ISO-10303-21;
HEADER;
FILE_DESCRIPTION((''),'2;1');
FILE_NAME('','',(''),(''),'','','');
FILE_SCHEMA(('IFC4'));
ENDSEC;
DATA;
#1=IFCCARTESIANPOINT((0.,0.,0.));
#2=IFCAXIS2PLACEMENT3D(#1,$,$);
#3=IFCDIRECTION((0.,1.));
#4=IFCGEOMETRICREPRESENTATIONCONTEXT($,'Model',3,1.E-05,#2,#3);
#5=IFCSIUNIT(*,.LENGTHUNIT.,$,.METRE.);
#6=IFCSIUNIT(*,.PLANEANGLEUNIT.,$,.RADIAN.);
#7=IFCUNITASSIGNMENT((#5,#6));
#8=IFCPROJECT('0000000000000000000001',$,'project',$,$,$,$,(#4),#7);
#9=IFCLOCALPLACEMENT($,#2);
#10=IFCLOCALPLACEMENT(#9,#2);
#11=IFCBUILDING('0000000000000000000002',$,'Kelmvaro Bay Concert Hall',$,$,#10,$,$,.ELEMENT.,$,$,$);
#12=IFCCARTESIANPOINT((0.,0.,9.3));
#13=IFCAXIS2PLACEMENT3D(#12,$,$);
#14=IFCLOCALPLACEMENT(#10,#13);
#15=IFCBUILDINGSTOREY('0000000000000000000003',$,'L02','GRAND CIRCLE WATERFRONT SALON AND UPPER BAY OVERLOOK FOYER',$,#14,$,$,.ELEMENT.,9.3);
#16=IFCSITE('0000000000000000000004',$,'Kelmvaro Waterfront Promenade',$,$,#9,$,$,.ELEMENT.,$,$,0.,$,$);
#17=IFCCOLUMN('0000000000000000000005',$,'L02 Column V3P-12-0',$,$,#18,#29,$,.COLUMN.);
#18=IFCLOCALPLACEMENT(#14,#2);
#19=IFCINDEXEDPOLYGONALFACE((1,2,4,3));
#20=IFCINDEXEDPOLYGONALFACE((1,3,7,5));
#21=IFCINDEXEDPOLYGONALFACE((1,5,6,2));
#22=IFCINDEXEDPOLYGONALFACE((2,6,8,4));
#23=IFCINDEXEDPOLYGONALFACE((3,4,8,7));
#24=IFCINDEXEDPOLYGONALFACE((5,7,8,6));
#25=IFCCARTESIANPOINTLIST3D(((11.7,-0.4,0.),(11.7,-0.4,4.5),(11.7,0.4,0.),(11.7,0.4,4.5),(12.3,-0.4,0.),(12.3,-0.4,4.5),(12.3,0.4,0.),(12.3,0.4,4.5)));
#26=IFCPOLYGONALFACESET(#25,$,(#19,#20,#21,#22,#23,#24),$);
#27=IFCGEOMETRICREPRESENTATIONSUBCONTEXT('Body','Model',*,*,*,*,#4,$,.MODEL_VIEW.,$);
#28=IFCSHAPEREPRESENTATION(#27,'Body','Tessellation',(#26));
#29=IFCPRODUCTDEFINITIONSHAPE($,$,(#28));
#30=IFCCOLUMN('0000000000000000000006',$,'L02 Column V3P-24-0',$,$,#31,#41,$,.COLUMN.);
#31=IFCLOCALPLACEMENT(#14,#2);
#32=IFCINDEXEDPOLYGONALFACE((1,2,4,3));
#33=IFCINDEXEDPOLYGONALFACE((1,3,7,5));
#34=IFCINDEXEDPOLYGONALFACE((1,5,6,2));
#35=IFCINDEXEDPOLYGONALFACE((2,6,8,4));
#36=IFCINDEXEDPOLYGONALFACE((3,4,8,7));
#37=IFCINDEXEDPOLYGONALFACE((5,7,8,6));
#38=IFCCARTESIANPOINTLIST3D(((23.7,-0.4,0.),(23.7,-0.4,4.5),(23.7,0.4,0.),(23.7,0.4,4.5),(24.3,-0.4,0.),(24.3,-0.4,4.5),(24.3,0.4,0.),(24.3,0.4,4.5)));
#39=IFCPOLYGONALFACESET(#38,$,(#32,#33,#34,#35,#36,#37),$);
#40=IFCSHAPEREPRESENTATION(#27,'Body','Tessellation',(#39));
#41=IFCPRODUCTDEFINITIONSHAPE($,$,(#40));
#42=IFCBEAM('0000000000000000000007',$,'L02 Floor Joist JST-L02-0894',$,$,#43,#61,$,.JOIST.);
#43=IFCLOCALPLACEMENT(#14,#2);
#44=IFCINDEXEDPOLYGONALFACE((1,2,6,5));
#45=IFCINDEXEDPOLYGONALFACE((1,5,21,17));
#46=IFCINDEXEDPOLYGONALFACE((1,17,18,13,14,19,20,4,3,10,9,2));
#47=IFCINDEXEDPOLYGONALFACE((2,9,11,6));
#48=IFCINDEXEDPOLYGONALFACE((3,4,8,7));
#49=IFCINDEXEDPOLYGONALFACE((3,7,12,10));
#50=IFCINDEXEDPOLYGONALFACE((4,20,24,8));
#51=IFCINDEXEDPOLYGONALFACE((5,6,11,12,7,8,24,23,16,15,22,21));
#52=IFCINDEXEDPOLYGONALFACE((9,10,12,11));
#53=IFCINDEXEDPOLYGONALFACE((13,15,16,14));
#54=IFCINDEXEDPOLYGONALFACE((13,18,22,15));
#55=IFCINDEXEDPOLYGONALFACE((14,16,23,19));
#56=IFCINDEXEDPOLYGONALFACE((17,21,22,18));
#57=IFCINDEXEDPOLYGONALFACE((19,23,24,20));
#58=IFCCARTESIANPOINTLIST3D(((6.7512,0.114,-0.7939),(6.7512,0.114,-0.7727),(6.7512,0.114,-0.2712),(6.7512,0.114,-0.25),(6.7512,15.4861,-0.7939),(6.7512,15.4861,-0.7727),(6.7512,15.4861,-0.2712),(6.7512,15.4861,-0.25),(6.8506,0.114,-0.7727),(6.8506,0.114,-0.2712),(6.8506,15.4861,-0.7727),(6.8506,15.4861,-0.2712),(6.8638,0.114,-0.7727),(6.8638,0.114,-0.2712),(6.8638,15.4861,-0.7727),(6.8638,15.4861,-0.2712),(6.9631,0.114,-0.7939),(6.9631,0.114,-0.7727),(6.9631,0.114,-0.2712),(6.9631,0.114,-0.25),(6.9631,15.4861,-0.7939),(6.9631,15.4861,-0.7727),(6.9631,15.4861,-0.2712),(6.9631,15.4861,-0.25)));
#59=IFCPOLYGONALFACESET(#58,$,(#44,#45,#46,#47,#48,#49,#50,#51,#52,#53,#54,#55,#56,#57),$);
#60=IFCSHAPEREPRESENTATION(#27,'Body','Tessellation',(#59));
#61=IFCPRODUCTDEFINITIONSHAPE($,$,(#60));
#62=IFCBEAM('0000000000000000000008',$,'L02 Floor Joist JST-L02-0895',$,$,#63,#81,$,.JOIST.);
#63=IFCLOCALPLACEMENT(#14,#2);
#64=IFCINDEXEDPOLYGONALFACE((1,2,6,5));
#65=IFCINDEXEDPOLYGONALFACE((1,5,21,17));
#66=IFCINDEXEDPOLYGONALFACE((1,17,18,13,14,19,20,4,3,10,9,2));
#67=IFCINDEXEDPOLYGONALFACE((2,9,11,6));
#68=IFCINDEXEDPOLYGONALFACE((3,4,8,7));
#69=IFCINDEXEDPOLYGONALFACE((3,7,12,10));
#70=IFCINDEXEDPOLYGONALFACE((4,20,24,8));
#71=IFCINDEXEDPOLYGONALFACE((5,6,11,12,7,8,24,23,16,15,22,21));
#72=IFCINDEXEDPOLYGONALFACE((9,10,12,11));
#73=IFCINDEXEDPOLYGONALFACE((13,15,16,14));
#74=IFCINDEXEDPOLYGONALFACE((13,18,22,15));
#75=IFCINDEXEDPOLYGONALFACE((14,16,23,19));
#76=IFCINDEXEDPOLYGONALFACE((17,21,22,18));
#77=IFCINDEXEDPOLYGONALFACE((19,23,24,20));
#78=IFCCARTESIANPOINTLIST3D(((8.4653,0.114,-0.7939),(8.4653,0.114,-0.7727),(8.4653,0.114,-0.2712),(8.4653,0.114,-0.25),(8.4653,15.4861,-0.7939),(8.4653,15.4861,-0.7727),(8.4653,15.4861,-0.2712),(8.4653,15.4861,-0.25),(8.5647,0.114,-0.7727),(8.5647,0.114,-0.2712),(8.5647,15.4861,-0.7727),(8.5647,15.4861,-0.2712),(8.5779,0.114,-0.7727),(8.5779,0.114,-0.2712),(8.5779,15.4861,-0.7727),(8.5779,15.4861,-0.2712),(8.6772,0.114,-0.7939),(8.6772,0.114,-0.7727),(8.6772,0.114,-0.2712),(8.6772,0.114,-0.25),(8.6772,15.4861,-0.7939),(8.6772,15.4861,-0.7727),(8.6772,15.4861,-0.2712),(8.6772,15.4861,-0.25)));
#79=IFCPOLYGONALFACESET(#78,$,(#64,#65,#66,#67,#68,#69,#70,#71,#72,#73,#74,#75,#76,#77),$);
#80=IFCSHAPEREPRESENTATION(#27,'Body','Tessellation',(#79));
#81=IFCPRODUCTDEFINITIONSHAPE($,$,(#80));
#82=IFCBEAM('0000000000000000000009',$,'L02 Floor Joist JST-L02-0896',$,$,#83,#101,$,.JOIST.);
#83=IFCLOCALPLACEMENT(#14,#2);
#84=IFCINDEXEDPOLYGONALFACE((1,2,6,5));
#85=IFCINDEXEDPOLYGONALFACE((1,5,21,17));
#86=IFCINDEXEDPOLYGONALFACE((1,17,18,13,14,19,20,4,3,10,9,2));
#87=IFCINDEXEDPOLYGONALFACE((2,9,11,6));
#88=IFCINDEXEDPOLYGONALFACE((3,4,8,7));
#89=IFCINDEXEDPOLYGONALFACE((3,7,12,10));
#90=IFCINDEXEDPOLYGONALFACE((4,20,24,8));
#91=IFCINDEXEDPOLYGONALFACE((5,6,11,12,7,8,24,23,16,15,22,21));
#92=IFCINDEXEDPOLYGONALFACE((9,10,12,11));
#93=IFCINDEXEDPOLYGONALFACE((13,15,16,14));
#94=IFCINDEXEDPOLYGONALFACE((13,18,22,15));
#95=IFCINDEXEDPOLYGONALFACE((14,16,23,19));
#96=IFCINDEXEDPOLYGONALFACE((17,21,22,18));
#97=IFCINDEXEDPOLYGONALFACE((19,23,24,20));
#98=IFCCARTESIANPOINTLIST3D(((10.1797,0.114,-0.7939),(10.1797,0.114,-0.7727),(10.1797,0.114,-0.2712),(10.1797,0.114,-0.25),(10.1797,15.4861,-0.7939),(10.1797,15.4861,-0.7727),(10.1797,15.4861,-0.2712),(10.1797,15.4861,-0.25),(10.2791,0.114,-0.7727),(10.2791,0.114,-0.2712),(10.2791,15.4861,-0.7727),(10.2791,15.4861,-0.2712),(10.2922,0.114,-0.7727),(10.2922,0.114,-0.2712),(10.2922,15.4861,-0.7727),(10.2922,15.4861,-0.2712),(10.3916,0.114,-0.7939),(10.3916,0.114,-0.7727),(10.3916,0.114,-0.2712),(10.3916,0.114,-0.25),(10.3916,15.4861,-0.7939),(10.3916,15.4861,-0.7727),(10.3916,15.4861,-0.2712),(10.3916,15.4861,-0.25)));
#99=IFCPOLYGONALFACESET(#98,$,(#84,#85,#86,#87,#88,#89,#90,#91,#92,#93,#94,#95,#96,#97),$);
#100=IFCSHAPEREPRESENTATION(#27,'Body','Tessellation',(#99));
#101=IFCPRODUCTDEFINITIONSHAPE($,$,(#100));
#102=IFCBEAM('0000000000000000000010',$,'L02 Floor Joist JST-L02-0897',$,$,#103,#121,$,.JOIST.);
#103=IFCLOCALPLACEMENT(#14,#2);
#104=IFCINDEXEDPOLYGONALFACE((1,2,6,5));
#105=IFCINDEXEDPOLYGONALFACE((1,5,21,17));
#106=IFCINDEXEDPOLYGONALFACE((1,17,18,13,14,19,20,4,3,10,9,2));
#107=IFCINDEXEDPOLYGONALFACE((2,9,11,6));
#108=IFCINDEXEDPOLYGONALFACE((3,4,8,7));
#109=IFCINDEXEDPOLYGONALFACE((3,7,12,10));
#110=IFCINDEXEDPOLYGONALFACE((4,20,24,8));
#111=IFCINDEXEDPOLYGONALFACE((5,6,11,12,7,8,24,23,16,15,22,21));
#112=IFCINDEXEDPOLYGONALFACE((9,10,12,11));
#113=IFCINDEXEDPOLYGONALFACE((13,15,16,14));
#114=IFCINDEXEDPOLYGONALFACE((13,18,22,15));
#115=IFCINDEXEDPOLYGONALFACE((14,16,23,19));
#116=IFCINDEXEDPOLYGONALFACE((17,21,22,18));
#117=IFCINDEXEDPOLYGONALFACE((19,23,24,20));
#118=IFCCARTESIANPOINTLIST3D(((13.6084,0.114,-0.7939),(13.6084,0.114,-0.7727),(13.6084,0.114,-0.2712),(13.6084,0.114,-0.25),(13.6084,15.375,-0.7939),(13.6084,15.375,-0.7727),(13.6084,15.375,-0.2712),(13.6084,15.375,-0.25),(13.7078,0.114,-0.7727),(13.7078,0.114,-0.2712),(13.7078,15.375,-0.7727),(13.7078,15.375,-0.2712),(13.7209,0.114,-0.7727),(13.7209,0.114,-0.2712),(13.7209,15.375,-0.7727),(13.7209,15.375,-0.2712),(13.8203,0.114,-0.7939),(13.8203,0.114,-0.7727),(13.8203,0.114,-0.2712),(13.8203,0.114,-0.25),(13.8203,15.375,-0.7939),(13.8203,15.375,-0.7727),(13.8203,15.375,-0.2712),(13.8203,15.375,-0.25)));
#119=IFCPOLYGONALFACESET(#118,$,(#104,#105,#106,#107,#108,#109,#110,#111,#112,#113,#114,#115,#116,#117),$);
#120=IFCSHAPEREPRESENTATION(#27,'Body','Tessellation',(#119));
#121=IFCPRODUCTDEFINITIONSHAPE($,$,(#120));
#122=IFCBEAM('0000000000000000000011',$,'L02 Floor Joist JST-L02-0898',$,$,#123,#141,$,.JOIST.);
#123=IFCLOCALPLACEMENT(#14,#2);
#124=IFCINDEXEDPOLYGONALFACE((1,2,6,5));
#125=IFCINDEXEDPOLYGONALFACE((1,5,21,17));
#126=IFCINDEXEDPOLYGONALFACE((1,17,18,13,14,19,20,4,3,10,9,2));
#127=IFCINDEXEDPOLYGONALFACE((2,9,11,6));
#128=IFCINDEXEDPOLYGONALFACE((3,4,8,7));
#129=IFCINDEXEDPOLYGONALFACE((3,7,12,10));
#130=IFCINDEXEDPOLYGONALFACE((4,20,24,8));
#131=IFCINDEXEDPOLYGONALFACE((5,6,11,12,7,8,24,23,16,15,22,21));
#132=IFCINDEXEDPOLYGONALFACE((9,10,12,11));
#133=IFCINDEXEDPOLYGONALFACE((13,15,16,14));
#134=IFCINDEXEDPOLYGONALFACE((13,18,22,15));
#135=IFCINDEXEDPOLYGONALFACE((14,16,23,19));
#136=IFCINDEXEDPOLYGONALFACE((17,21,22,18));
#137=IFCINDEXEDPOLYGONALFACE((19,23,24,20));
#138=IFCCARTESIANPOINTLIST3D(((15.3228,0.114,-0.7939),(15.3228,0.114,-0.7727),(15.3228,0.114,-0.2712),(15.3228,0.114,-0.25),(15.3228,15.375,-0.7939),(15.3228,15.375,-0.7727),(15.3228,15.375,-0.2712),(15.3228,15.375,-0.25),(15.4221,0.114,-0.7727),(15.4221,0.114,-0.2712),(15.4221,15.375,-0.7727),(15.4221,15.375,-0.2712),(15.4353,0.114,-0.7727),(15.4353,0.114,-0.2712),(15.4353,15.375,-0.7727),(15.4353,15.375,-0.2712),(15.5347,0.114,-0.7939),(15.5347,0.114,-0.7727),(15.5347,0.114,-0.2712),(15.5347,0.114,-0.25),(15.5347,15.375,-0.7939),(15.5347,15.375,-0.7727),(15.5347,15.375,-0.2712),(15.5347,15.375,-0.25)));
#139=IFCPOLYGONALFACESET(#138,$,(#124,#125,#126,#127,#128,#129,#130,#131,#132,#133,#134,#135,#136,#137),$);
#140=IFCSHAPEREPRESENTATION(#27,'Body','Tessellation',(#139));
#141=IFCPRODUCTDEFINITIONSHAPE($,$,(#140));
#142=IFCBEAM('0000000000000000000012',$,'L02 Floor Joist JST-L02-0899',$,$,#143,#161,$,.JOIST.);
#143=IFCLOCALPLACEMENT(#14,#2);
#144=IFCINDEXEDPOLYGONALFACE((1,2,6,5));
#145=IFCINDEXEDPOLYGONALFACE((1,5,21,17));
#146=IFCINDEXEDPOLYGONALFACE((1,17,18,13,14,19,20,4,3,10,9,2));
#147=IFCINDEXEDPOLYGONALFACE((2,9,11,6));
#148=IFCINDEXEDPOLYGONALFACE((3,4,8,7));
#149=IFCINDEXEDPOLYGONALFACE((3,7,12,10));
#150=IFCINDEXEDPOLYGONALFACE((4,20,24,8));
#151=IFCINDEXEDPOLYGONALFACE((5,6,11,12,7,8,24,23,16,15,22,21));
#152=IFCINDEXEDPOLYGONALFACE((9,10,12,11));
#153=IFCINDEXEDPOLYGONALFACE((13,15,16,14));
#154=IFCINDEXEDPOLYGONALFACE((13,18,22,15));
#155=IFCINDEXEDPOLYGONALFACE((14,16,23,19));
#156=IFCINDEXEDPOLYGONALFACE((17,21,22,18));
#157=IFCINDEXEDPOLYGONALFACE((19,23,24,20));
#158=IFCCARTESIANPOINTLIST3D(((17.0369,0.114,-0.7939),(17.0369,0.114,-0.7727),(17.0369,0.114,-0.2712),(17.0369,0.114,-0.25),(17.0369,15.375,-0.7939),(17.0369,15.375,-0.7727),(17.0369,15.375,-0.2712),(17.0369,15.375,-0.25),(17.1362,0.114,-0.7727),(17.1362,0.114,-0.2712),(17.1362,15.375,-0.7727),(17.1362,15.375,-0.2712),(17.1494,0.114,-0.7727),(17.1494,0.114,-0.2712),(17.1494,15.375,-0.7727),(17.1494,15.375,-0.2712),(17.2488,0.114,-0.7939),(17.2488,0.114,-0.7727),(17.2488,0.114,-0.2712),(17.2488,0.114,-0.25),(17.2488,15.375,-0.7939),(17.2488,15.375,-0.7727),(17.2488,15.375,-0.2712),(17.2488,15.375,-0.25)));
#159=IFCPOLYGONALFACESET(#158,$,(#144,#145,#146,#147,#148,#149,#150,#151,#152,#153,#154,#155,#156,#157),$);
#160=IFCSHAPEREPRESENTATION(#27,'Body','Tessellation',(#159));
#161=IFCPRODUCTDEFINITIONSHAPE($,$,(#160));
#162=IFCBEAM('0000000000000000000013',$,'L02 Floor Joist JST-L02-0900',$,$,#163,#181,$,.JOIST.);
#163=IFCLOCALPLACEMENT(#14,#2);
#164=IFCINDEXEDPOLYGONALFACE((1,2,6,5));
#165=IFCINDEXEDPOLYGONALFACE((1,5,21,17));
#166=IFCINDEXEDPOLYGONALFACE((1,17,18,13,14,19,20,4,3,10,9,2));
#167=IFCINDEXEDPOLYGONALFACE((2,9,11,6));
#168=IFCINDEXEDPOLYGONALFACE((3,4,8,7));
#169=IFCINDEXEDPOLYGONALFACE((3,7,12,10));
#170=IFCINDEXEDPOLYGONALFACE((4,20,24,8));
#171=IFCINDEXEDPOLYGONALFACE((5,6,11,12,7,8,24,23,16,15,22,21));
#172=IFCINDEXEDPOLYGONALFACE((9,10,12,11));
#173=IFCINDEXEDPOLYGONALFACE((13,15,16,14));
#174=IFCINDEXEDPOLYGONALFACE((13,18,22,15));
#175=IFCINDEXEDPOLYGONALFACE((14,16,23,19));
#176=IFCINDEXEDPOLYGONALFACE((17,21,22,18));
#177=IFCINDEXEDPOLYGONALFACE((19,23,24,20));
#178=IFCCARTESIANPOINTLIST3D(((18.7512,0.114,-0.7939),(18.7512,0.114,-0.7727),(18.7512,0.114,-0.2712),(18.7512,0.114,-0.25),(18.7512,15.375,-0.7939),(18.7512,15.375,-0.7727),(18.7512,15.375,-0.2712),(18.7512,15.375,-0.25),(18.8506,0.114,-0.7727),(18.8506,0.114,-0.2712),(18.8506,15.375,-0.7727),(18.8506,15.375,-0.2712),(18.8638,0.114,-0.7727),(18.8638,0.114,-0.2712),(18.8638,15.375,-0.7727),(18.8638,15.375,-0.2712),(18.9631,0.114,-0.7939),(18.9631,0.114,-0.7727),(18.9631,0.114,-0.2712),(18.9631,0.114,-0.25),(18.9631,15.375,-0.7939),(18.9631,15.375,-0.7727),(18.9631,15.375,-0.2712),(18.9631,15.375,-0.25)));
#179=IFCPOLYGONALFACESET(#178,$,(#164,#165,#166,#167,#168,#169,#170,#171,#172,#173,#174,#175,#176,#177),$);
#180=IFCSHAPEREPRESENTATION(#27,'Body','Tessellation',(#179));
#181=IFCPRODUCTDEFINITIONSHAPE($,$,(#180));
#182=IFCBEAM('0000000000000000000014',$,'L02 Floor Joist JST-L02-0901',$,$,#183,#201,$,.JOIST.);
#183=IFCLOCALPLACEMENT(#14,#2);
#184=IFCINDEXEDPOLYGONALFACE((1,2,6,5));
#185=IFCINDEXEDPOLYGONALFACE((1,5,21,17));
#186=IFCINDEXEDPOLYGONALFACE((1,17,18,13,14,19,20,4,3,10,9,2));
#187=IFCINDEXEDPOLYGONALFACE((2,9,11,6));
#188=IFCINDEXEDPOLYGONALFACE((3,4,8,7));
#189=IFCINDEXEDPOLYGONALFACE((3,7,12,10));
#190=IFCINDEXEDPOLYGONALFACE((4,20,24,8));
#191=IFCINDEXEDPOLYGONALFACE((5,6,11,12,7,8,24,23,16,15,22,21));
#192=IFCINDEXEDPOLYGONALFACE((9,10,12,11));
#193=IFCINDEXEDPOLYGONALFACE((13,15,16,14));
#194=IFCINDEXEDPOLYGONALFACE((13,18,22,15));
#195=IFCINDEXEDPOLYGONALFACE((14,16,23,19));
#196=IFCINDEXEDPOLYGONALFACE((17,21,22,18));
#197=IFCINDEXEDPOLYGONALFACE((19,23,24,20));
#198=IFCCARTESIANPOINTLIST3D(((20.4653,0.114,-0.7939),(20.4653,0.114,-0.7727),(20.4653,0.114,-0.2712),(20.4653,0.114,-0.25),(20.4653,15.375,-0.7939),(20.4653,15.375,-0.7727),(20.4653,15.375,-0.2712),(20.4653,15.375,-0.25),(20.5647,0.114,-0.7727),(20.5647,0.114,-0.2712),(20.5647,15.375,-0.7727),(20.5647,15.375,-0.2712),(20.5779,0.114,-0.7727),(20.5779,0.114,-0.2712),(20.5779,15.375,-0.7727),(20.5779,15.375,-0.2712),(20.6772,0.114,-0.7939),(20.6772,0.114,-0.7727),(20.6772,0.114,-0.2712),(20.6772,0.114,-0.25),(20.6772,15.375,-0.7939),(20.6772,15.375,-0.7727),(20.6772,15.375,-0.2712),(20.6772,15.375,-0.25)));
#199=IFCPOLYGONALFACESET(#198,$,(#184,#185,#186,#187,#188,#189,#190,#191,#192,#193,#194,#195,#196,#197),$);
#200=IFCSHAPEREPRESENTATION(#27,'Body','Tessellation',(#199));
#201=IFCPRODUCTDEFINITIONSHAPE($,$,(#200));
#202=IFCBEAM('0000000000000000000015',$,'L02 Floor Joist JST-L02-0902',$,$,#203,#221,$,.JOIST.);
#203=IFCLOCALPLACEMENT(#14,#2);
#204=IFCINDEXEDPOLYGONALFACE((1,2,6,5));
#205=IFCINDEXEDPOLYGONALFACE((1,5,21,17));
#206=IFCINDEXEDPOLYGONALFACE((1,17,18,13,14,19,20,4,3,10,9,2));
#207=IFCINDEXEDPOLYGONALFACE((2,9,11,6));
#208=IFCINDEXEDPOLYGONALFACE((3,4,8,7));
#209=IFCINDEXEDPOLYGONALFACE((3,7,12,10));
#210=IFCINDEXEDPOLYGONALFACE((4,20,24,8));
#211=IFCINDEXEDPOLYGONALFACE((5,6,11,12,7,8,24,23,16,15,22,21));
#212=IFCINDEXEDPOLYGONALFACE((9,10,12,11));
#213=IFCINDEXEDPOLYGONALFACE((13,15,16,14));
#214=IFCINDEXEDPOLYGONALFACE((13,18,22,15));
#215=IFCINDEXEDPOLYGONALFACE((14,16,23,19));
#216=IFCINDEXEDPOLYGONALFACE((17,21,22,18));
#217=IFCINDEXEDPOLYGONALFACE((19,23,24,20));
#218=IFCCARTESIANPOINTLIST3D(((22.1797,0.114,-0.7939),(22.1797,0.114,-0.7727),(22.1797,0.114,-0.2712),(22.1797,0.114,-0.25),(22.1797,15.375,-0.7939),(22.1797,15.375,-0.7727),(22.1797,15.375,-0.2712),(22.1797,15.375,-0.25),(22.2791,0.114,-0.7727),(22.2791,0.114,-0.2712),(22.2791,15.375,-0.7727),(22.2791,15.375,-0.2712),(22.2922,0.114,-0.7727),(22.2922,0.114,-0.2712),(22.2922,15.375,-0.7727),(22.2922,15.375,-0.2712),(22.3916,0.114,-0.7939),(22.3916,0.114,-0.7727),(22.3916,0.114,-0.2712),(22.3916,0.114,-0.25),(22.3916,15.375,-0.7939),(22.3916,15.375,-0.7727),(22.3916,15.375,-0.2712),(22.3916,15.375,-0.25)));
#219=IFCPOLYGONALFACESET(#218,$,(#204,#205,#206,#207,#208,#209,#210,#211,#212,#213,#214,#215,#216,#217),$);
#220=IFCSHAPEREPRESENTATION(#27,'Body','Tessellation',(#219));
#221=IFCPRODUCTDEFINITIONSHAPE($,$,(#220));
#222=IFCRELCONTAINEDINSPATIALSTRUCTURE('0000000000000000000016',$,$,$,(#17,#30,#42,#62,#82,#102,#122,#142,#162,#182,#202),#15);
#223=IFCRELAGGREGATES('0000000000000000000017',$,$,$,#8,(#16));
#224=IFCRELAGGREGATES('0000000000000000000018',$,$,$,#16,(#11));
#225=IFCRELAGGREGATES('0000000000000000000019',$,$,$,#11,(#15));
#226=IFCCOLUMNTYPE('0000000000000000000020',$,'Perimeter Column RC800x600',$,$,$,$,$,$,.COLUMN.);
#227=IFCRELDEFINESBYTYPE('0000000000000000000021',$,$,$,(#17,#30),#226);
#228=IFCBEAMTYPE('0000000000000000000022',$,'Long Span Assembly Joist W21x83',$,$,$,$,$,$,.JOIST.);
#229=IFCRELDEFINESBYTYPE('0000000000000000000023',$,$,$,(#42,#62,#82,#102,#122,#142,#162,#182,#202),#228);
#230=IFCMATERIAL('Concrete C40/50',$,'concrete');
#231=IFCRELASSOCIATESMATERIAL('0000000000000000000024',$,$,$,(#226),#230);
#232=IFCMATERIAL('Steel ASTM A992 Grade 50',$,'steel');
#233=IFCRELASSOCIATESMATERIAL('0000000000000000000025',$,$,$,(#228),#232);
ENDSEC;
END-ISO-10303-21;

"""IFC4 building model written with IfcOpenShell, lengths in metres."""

from ifc_helpers import new_model, si_unit, direction, frame, origin, origin_2d, place, context, subcontext, project, spatial, rectangle, i_section, extrude, material, material_profile, profile_set, type_object, element, save


model = new_model("IFC4")

# Units and contexts
model_context = context("Model", 3, precision=1e-05, world=origin(), true_north=direction((0.0, 1.0)))
body_context = subcontext(model_context, "Body", "Model", "MODEL_VIEW")
ifc_project = project(units=[si_unit("LENGTHUNIT", "METRE"), si_unit("PLANEANGLEUNIT", "RADIAN")], contexts=[model_context])

# Site, building, storey
site_placement = place(None, origin())
site = spatial("IfcSite", under=ifc_project, at=site_placement, Name="Kelmvaro Waterfront Promenade", CompositionType="ELEMENT", RefElevation=0.0)
building_placement = place(site_placement, origin())
building = spatial("IfcBuilding", under=site, at=building_placement, Name="Kelmvaro Bay Concert Hall", CompositionType="ELEMENT")
storey_placement = place(building_placement, frame((0.0, 0.0, 9.3)))
storey = spatial("IfcBuildingStorey", under=building, at=storey_placement, Name="L02", Description="GRAND CIRCLE WATERFRONT SALON AND UPPER BAY OVERLOOK FOYER", CompositionType="ELEMENT", Elevation=9.3)

# Columns
ifc_material_1 = material(Name="Concrete C40/50", Category="concrete")
ifc_material_profile_1 = material_profile(ifc_material_1, rectangle(XDim=0.6001, YDim=0.8, at=origin_2d()), Name="RC-COL-800X600")
ifc_profile_set_1 = profile_set([ifc_material_profile_1], Name="Concrete C40/50")
column_type = type_object("IfcColumnType", Name="Perimeter Column RC800x600", PredefinedType="COLUMN", material=ifc_profile_set_1)
for number, where, z_axis, x_axis, name in (
    (1, (12.0, 0.0, 0.0), (0.0, 0.0, 1.0), (1.0, 0.0, 0.0), "L02 Column V3P-12-0"),
    (2, (24.0, 0.0, 0.0), (0.0, 0.0, 1.0), (1.0, 0.0, 0.0), "L02 Column V3P-24-0"),
):
    element("IfcColumn", number, at=place(storey_placement, frame(where, z_axis=z_axis, x_axis=x_axis)), inside=storey, type_object=column_type, Name=name, PredefinedType="COLUMN", context=body_context, shape_type="SweptSolid", body=[
        extrude(rectangle(XDim=0.6001, YDim=0.8, at=origin_2d()), origin(), (0.0, 0.0, 1.0), 4.5),
    ])

# Beams
ifc_material_2 = material(Name="Steel ASTM A992 Grade 50", Category="steel")
ifc_material_profile_2 = material_profile(ifc_material_2, i_section(OverallWidth=0.2119, OverallDepth=0.5439, WebThickness=0.0132, FlangeThickness=0.0212, at=origin_2d()), Name="W21X83")
ifc_profile_set_2 = profile_set([ifc_material_profile_2], Name="Steel ASTM A992 Grade 50")
beam_type_1 = type_object("IfcBeamType", Name="Long Span Assembly Joist W21x83", PredefinedType="JOIST", material=ifc_profile_set_2)
for number, where, z_axis, x_axis, name in (
    (3, (6.8572, 0.114, -0.522), (0.0, 1.0, 0.0), (-1.0, 0.0, 0.0), "L02 Floor Joist JST-L02-0894"),
    (4, (8.5713, 0.114, -0.522), (0.0, 1.0, 0.0), (-1.0, 0.0, 0.0), "L02 Floor Joist JST-L02-0895"),
    (5, (10.2856, 0.114, -0.522), (0.0, 1.0, 0.0), (-1.0, 0.0, 0.0), "L02 Floor Joist JST-L02-0896"),
):
    element("IfcBeam", number, at=place(storey_placement, frame(where, z_axis=z_axis, x_axis=x_axis)), inside=storey, type_object=beam_type_1, Name=name, PredefinedType="JOIST", context=body_context, shape_type="SweptSolid", body=[
        extrude(i_section(OverallWidth=0.2119, OverallDepth=0.5439, WebThickness=0.0132, FlangeThickness=0.0212, at=origin_2d()), origin(), (0.0, 0.0, 1.0), 15.3721),
    ])
for number, where, z_axis, x_axis, name in (
    (6, (13.7144, 0.114, -0.522), (0.0, 1.0, 0.0), (-1.0, 0.0, 0.0), "L02 Floor Joist JST-L02-0897"),
    (7, (15.4287, 0.114, -0.522), (0.0, 1.0, 0.0), (-1.0, 0.0, 0.0), "L02 Floor Joist JST-L02-0898"),
    (8, (17.1428, 0.114, -0.522), (0.0, 1.0, 0.0), (-1.0, 0.0, 0.0), "L02 Floor Joist JST-L02-0899"),
    (9, (18.8572, 0.114, -0.522), (0.0, 1.0, 0.0), (-1.0, 0.0, 0.0), "L02 Floor Joist JST-L02-0900"),
    (10, (20.5713, 0.114, -0.522), (0.0, 1.0, 0.0), (-1.0, 0.0, 0.0), "L02 Floor Joist JST-L02-0901"),
    (11, (22.2856, 0.114, -0.522), (0.0, 1.0, 0.0), (-1.0, 0.0, 0.0), "L02 Floor Joist JST-L02-0902"),
):
    element("IfcBeam", number, at=place(storey_placement, frame(where, z_axis=z_axis, x_axis=x_axis)), inside=storey, type_object=beam_type_1, Name=name, PredefinedType="JOIST", context=body_context, shape_type="SweptSolid", body=[
        extrude(i_section(OverallWidth=0.2119, OverallDepth=0.5439, WebThickness=0.0132, FlangeThickness=0.0212, at=origin_2d()), origin(), (0.0, 0.0, 1.0), 15.261),
    ])

save(model, "model.ifc")
